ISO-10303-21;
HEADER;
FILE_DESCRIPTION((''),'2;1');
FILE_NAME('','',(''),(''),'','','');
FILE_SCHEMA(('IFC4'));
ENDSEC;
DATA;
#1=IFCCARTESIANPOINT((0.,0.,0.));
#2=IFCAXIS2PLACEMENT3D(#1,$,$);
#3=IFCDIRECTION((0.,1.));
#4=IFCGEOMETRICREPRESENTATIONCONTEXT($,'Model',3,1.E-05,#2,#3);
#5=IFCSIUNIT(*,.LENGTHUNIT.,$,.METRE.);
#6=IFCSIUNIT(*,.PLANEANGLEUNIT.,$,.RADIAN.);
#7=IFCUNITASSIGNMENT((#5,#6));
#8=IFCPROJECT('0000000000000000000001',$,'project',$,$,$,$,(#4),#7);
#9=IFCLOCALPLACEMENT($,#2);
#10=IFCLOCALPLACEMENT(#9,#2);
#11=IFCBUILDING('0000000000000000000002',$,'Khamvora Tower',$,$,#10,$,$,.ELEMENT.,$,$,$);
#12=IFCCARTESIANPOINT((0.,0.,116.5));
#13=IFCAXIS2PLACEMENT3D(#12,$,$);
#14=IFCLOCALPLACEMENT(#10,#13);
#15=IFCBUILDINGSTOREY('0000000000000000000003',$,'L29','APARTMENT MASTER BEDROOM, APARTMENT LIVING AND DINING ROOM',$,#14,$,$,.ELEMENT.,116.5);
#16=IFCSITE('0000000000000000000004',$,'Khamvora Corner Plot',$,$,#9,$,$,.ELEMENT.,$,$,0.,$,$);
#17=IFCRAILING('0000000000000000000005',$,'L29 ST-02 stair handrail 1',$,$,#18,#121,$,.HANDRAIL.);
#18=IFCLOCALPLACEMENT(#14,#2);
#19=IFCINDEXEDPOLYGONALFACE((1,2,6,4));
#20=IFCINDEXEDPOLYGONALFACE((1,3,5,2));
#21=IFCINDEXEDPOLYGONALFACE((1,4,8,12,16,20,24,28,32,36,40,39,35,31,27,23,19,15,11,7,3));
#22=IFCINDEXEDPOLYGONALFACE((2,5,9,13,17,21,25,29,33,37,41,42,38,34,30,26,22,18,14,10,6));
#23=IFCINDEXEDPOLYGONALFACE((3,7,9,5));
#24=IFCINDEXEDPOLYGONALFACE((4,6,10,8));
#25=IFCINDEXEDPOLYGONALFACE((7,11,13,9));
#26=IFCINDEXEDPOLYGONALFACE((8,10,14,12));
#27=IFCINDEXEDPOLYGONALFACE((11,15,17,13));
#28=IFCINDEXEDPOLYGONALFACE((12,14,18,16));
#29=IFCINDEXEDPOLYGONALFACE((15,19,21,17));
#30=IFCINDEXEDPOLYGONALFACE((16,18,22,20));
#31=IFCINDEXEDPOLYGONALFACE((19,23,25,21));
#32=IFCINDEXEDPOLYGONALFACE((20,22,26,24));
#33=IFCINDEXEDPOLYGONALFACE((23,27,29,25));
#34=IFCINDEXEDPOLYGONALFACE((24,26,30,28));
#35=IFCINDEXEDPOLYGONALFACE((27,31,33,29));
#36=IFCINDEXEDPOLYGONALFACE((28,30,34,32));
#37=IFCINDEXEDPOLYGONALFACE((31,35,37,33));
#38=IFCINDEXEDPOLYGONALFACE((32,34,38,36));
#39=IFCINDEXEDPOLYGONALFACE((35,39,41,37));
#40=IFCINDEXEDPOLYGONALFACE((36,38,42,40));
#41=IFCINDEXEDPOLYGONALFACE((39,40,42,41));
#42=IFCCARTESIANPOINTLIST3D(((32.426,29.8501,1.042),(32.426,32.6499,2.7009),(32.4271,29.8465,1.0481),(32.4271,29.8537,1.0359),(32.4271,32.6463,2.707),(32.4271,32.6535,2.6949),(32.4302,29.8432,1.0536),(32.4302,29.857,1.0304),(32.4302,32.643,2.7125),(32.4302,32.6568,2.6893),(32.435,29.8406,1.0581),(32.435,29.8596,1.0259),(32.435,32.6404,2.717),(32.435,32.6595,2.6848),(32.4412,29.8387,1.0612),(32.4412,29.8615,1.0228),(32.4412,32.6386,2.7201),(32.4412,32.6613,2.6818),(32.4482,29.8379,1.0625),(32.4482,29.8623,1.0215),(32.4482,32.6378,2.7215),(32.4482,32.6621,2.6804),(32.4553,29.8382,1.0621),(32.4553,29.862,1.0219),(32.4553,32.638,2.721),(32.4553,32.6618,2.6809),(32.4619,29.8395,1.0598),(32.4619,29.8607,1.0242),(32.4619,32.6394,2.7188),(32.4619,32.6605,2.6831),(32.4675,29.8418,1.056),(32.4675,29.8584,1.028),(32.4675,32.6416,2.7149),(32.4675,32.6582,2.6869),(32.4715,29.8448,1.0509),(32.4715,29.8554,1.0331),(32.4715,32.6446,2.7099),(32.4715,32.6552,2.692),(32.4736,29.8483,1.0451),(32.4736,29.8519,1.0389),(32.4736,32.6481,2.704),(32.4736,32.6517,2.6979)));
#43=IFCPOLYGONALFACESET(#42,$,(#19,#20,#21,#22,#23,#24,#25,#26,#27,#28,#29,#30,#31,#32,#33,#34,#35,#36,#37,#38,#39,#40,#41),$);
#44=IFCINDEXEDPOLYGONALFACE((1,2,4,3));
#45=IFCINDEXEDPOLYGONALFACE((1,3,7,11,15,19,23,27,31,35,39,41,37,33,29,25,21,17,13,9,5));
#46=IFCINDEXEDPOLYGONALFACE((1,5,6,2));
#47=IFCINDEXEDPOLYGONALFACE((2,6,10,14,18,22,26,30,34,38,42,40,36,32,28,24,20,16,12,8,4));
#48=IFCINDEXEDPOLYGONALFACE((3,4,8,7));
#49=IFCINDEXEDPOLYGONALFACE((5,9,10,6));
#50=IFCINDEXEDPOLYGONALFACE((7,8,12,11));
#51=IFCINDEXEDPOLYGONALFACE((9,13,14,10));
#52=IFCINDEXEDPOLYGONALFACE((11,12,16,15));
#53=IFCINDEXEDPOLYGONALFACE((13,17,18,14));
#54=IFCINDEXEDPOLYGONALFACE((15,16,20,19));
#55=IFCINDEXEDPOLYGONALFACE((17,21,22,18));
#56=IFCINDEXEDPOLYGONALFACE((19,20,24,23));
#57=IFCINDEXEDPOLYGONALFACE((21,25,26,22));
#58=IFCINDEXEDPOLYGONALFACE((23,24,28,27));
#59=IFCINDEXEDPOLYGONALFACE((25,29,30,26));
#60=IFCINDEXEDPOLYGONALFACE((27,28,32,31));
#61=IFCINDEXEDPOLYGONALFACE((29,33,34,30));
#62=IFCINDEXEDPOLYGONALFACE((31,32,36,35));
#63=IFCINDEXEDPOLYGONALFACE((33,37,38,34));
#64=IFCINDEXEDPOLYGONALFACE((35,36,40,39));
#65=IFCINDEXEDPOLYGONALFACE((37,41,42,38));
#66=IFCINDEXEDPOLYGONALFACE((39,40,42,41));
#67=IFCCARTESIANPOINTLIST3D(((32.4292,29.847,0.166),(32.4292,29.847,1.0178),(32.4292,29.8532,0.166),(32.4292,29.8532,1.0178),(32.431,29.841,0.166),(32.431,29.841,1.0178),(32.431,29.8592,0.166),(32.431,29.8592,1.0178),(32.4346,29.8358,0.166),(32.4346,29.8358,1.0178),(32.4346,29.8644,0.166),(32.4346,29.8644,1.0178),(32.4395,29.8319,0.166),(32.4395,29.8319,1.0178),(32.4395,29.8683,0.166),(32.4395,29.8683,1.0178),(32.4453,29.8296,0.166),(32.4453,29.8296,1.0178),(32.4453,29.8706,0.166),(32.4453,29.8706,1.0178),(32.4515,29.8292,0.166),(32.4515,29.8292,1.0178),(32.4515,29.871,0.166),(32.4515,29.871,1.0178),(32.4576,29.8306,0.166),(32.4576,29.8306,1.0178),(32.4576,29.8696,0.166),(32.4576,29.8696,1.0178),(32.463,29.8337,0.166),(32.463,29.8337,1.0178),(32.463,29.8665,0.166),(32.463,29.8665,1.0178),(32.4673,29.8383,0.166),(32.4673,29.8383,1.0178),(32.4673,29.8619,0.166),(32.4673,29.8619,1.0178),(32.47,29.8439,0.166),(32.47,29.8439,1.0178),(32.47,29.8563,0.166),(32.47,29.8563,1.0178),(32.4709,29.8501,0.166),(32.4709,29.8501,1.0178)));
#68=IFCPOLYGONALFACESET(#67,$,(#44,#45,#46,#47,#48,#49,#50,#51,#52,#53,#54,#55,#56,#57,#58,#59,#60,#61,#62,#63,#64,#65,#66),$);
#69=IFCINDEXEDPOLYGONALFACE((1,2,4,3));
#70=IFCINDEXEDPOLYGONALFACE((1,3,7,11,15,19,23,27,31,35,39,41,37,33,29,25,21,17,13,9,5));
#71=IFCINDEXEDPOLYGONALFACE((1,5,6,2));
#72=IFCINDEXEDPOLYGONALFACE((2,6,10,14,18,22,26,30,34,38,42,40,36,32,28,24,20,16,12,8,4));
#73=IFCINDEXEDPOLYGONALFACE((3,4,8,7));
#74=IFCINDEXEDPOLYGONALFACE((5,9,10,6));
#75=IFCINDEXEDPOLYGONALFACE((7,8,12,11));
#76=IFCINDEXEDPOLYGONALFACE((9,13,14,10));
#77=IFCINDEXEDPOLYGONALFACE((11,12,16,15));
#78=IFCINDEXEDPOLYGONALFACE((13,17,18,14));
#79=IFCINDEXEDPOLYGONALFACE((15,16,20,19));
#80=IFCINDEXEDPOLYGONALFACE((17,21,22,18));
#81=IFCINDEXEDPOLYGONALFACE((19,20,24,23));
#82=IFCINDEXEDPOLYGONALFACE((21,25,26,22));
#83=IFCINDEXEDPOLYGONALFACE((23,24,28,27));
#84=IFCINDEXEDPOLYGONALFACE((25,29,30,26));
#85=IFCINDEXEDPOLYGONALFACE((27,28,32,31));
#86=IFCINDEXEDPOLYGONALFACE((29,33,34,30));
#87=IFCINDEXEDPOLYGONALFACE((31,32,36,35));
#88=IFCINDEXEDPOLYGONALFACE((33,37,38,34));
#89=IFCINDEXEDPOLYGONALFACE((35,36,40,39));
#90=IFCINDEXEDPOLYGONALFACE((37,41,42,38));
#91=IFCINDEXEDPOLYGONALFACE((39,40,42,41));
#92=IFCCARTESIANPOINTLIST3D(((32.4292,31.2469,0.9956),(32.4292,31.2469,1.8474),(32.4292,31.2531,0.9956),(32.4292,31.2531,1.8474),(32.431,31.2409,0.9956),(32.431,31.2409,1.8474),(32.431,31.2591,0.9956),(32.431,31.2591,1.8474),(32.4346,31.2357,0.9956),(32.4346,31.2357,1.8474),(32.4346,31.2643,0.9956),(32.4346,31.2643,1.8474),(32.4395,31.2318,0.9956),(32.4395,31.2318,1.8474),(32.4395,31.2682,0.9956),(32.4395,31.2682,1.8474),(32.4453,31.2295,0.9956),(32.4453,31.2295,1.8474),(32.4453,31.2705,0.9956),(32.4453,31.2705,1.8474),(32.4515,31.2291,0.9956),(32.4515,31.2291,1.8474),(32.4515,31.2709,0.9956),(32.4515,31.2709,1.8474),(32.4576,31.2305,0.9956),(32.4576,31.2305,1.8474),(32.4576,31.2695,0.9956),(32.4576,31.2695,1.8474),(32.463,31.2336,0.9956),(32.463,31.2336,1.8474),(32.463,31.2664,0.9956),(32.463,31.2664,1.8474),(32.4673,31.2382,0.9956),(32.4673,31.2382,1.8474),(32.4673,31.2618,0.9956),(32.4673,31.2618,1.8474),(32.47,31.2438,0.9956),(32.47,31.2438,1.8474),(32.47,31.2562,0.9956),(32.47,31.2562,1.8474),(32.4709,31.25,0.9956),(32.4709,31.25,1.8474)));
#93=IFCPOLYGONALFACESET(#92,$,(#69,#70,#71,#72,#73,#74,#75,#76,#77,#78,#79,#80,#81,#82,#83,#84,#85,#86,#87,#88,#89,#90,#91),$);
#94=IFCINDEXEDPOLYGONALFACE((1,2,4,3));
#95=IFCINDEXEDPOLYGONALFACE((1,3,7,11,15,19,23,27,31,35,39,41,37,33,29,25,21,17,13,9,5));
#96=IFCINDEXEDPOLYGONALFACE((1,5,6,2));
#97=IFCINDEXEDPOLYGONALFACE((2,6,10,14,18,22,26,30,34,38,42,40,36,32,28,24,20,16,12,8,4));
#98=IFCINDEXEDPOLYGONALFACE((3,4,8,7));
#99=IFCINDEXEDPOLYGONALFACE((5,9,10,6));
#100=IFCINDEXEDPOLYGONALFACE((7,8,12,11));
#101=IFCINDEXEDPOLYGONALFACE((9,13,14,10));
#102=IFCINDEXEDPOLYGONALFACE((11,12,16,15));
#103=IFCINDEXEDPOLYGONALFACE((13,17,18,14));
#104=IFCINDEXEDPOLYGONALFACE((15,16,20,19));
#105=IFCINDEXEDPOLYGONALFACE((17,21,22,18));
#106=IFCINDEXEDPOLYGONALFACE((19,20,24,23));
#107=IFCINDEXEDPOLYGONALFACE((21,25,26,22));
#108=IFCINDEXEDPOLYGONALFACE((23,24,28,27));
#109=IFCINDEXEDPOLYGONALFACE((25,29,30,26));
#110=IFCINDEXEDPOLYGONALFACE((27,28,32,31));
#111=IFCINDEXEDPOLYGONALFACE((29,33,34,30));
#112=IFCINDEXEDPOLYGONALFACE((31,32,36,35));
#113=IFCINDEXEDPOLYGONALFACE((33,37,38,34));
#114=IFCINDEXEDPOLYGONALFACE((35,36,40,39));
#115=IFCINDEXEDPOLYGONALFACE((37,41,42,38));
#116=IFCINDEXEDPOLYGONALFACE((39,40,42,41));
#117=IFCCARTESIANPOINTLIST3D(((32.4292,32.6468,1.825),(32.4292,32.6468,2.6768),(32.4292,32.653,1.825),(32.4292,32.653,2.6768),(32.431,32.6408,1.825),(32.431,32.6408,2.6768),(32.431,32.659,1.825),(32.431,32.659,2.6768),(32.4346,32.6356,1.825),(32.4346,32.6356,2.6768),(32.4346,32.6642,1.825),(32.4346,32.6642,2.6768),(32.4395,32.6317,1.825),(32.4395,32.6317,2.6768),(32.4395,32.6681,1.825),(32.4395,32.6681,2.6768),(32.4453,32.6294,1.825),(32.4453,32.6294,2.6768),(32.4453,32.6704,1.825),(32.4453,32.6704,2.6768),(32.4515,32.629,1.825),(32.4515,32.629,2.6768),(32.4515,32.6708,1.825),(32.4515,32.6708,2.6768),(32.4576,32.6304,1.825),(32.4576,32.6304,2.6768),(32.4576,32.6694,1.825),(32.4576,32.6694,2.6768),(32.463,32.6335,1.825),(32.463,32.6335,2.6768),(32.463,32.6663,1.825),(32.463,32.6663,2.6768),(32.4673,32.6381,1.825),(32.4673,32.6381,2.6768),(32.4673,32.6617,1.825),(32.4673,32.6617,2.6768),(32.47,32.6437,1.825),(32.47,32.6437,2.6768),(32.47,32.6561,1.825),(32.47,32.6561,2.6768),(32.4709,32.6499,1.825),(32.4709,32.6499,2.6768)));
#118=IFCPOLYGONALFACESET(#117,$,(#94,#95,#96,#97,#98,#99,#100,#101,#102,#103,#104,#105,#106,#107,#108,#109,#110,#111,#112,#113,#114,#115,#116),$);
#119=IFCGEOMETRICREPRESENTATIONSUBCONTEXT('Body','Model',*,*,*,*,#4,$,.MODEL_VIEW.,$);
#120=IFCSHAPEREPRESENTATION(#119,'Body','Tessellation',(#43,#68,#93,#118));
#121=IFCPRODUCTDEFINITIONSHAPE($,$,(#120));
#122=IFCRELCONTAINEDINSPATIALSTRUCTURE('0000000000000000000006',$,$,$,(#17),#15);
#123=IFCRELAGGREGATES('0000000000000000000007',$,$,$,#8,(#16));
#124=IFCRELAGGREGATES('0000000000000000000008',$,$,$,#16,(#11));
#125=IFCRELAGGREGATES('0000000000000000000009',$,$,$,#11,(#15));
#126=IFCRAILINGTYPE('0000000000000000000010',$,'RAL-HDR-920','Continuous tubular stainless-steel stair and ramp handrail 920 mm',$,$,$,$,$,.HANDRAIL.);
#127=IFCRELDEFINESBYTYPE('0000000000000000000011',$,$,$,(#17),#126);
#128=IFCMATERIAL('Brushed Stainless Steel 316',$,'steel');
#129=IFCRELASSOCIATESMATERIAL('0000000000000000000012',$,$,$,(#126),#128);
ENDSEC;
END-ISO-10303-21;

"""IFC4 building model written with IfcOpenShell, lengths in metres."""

from ifc_helpers import new_model, si_unit, direction, frame, origin, origin_2d, place, context, subcontext, project, spatial, circle, extrude, material, type_object, element, save


model = new_model("IFC4")

# Units and contexts
model_context = context("Model", 3, precision=1e-05, world=origin(), true_north=direction((0.0, 1.0)))
body_context = subcontext(model_context, "Body", "Model", "MODEL_VIEW")
ifc_project = project(units=[si_unit("LENGTHUNIT", "METRE"), si_unit("PLANEANGLEUNIT", "RADIAN")], contexts=[model_context])

# Site, building, storey
site_placement = place(None, origin())
site = spatial("IfcSite", under=ifc_project, at=site_placement, Name="Khamvora Corner Plot", CompositionType="ELEMENT", RefElevation=0.0)
building_placement = place(site_placement, origin())
building = spatial("IfcBuilding", under=site, at=building_placement, Name="Khamvora Tower", CompositionType="ELEMENT")
storey_placement = place(building_placement, frame((0.0, 0.0, 116.5)))
storey = spatial("IfcBuildingStorey", under=building, at=storey_placement, Name="L29", Description="APARTMENT MASTER BEDROOM, APARTMENT LIVING AND DINING ROOM", CompositionType="ELEMENT", Elevation=116.5)

# Railing
ifc_material_1 = material(Name="Brushed Stainless Steel 316", Category="steel")
railing_type_1 = type_object("IfcRailingType", Name="RAL-HDR-920", Description="Continuous tubular stainless-steel stair and ramp handrail 920 mm", PredefinedType="HANDRAIL", material=ifc_material_1)
railing_1_placement = place(storey_placement, frame((32.45, 29.8501, 0.166)))
element("IfcRailing", 1, at=railing_1_placement, inside=storey, type_object=railing_type_1, Name="L29 ST-02 stair handrail 1", PredefinedType="HANDRAIL", context=body_context, shape_type="SweptSolid", body=[
    extrude(circle(Radius=0.0239, at=origin_2d()), frame((0.0, 0.0, 0.876), z_axis=(0.0, 0.86032, 0.509755), x_axis=(-1.0, 0.0, 0.0)), (0.0, 0.0, 1.0), 3.2544),
    extrude(circle(Radius=0.021, at=origin_2d()), origin(), (0.0, 0.0, 1.0), 0.8518),
    extrude(circle(Radius=0.021, at=origin_2d()), frame((0.0, 1.3999, 0.8296)), (0.0, 0.0, 1.0), 0.8518),
    extrude(circle(Radius=0.021, at=origin_2d()), frame((0.0, 2.7998, 1.6589)), (0.0, 0.0, 1.0), 0.8518),
])

save(model, "model.ifc")
